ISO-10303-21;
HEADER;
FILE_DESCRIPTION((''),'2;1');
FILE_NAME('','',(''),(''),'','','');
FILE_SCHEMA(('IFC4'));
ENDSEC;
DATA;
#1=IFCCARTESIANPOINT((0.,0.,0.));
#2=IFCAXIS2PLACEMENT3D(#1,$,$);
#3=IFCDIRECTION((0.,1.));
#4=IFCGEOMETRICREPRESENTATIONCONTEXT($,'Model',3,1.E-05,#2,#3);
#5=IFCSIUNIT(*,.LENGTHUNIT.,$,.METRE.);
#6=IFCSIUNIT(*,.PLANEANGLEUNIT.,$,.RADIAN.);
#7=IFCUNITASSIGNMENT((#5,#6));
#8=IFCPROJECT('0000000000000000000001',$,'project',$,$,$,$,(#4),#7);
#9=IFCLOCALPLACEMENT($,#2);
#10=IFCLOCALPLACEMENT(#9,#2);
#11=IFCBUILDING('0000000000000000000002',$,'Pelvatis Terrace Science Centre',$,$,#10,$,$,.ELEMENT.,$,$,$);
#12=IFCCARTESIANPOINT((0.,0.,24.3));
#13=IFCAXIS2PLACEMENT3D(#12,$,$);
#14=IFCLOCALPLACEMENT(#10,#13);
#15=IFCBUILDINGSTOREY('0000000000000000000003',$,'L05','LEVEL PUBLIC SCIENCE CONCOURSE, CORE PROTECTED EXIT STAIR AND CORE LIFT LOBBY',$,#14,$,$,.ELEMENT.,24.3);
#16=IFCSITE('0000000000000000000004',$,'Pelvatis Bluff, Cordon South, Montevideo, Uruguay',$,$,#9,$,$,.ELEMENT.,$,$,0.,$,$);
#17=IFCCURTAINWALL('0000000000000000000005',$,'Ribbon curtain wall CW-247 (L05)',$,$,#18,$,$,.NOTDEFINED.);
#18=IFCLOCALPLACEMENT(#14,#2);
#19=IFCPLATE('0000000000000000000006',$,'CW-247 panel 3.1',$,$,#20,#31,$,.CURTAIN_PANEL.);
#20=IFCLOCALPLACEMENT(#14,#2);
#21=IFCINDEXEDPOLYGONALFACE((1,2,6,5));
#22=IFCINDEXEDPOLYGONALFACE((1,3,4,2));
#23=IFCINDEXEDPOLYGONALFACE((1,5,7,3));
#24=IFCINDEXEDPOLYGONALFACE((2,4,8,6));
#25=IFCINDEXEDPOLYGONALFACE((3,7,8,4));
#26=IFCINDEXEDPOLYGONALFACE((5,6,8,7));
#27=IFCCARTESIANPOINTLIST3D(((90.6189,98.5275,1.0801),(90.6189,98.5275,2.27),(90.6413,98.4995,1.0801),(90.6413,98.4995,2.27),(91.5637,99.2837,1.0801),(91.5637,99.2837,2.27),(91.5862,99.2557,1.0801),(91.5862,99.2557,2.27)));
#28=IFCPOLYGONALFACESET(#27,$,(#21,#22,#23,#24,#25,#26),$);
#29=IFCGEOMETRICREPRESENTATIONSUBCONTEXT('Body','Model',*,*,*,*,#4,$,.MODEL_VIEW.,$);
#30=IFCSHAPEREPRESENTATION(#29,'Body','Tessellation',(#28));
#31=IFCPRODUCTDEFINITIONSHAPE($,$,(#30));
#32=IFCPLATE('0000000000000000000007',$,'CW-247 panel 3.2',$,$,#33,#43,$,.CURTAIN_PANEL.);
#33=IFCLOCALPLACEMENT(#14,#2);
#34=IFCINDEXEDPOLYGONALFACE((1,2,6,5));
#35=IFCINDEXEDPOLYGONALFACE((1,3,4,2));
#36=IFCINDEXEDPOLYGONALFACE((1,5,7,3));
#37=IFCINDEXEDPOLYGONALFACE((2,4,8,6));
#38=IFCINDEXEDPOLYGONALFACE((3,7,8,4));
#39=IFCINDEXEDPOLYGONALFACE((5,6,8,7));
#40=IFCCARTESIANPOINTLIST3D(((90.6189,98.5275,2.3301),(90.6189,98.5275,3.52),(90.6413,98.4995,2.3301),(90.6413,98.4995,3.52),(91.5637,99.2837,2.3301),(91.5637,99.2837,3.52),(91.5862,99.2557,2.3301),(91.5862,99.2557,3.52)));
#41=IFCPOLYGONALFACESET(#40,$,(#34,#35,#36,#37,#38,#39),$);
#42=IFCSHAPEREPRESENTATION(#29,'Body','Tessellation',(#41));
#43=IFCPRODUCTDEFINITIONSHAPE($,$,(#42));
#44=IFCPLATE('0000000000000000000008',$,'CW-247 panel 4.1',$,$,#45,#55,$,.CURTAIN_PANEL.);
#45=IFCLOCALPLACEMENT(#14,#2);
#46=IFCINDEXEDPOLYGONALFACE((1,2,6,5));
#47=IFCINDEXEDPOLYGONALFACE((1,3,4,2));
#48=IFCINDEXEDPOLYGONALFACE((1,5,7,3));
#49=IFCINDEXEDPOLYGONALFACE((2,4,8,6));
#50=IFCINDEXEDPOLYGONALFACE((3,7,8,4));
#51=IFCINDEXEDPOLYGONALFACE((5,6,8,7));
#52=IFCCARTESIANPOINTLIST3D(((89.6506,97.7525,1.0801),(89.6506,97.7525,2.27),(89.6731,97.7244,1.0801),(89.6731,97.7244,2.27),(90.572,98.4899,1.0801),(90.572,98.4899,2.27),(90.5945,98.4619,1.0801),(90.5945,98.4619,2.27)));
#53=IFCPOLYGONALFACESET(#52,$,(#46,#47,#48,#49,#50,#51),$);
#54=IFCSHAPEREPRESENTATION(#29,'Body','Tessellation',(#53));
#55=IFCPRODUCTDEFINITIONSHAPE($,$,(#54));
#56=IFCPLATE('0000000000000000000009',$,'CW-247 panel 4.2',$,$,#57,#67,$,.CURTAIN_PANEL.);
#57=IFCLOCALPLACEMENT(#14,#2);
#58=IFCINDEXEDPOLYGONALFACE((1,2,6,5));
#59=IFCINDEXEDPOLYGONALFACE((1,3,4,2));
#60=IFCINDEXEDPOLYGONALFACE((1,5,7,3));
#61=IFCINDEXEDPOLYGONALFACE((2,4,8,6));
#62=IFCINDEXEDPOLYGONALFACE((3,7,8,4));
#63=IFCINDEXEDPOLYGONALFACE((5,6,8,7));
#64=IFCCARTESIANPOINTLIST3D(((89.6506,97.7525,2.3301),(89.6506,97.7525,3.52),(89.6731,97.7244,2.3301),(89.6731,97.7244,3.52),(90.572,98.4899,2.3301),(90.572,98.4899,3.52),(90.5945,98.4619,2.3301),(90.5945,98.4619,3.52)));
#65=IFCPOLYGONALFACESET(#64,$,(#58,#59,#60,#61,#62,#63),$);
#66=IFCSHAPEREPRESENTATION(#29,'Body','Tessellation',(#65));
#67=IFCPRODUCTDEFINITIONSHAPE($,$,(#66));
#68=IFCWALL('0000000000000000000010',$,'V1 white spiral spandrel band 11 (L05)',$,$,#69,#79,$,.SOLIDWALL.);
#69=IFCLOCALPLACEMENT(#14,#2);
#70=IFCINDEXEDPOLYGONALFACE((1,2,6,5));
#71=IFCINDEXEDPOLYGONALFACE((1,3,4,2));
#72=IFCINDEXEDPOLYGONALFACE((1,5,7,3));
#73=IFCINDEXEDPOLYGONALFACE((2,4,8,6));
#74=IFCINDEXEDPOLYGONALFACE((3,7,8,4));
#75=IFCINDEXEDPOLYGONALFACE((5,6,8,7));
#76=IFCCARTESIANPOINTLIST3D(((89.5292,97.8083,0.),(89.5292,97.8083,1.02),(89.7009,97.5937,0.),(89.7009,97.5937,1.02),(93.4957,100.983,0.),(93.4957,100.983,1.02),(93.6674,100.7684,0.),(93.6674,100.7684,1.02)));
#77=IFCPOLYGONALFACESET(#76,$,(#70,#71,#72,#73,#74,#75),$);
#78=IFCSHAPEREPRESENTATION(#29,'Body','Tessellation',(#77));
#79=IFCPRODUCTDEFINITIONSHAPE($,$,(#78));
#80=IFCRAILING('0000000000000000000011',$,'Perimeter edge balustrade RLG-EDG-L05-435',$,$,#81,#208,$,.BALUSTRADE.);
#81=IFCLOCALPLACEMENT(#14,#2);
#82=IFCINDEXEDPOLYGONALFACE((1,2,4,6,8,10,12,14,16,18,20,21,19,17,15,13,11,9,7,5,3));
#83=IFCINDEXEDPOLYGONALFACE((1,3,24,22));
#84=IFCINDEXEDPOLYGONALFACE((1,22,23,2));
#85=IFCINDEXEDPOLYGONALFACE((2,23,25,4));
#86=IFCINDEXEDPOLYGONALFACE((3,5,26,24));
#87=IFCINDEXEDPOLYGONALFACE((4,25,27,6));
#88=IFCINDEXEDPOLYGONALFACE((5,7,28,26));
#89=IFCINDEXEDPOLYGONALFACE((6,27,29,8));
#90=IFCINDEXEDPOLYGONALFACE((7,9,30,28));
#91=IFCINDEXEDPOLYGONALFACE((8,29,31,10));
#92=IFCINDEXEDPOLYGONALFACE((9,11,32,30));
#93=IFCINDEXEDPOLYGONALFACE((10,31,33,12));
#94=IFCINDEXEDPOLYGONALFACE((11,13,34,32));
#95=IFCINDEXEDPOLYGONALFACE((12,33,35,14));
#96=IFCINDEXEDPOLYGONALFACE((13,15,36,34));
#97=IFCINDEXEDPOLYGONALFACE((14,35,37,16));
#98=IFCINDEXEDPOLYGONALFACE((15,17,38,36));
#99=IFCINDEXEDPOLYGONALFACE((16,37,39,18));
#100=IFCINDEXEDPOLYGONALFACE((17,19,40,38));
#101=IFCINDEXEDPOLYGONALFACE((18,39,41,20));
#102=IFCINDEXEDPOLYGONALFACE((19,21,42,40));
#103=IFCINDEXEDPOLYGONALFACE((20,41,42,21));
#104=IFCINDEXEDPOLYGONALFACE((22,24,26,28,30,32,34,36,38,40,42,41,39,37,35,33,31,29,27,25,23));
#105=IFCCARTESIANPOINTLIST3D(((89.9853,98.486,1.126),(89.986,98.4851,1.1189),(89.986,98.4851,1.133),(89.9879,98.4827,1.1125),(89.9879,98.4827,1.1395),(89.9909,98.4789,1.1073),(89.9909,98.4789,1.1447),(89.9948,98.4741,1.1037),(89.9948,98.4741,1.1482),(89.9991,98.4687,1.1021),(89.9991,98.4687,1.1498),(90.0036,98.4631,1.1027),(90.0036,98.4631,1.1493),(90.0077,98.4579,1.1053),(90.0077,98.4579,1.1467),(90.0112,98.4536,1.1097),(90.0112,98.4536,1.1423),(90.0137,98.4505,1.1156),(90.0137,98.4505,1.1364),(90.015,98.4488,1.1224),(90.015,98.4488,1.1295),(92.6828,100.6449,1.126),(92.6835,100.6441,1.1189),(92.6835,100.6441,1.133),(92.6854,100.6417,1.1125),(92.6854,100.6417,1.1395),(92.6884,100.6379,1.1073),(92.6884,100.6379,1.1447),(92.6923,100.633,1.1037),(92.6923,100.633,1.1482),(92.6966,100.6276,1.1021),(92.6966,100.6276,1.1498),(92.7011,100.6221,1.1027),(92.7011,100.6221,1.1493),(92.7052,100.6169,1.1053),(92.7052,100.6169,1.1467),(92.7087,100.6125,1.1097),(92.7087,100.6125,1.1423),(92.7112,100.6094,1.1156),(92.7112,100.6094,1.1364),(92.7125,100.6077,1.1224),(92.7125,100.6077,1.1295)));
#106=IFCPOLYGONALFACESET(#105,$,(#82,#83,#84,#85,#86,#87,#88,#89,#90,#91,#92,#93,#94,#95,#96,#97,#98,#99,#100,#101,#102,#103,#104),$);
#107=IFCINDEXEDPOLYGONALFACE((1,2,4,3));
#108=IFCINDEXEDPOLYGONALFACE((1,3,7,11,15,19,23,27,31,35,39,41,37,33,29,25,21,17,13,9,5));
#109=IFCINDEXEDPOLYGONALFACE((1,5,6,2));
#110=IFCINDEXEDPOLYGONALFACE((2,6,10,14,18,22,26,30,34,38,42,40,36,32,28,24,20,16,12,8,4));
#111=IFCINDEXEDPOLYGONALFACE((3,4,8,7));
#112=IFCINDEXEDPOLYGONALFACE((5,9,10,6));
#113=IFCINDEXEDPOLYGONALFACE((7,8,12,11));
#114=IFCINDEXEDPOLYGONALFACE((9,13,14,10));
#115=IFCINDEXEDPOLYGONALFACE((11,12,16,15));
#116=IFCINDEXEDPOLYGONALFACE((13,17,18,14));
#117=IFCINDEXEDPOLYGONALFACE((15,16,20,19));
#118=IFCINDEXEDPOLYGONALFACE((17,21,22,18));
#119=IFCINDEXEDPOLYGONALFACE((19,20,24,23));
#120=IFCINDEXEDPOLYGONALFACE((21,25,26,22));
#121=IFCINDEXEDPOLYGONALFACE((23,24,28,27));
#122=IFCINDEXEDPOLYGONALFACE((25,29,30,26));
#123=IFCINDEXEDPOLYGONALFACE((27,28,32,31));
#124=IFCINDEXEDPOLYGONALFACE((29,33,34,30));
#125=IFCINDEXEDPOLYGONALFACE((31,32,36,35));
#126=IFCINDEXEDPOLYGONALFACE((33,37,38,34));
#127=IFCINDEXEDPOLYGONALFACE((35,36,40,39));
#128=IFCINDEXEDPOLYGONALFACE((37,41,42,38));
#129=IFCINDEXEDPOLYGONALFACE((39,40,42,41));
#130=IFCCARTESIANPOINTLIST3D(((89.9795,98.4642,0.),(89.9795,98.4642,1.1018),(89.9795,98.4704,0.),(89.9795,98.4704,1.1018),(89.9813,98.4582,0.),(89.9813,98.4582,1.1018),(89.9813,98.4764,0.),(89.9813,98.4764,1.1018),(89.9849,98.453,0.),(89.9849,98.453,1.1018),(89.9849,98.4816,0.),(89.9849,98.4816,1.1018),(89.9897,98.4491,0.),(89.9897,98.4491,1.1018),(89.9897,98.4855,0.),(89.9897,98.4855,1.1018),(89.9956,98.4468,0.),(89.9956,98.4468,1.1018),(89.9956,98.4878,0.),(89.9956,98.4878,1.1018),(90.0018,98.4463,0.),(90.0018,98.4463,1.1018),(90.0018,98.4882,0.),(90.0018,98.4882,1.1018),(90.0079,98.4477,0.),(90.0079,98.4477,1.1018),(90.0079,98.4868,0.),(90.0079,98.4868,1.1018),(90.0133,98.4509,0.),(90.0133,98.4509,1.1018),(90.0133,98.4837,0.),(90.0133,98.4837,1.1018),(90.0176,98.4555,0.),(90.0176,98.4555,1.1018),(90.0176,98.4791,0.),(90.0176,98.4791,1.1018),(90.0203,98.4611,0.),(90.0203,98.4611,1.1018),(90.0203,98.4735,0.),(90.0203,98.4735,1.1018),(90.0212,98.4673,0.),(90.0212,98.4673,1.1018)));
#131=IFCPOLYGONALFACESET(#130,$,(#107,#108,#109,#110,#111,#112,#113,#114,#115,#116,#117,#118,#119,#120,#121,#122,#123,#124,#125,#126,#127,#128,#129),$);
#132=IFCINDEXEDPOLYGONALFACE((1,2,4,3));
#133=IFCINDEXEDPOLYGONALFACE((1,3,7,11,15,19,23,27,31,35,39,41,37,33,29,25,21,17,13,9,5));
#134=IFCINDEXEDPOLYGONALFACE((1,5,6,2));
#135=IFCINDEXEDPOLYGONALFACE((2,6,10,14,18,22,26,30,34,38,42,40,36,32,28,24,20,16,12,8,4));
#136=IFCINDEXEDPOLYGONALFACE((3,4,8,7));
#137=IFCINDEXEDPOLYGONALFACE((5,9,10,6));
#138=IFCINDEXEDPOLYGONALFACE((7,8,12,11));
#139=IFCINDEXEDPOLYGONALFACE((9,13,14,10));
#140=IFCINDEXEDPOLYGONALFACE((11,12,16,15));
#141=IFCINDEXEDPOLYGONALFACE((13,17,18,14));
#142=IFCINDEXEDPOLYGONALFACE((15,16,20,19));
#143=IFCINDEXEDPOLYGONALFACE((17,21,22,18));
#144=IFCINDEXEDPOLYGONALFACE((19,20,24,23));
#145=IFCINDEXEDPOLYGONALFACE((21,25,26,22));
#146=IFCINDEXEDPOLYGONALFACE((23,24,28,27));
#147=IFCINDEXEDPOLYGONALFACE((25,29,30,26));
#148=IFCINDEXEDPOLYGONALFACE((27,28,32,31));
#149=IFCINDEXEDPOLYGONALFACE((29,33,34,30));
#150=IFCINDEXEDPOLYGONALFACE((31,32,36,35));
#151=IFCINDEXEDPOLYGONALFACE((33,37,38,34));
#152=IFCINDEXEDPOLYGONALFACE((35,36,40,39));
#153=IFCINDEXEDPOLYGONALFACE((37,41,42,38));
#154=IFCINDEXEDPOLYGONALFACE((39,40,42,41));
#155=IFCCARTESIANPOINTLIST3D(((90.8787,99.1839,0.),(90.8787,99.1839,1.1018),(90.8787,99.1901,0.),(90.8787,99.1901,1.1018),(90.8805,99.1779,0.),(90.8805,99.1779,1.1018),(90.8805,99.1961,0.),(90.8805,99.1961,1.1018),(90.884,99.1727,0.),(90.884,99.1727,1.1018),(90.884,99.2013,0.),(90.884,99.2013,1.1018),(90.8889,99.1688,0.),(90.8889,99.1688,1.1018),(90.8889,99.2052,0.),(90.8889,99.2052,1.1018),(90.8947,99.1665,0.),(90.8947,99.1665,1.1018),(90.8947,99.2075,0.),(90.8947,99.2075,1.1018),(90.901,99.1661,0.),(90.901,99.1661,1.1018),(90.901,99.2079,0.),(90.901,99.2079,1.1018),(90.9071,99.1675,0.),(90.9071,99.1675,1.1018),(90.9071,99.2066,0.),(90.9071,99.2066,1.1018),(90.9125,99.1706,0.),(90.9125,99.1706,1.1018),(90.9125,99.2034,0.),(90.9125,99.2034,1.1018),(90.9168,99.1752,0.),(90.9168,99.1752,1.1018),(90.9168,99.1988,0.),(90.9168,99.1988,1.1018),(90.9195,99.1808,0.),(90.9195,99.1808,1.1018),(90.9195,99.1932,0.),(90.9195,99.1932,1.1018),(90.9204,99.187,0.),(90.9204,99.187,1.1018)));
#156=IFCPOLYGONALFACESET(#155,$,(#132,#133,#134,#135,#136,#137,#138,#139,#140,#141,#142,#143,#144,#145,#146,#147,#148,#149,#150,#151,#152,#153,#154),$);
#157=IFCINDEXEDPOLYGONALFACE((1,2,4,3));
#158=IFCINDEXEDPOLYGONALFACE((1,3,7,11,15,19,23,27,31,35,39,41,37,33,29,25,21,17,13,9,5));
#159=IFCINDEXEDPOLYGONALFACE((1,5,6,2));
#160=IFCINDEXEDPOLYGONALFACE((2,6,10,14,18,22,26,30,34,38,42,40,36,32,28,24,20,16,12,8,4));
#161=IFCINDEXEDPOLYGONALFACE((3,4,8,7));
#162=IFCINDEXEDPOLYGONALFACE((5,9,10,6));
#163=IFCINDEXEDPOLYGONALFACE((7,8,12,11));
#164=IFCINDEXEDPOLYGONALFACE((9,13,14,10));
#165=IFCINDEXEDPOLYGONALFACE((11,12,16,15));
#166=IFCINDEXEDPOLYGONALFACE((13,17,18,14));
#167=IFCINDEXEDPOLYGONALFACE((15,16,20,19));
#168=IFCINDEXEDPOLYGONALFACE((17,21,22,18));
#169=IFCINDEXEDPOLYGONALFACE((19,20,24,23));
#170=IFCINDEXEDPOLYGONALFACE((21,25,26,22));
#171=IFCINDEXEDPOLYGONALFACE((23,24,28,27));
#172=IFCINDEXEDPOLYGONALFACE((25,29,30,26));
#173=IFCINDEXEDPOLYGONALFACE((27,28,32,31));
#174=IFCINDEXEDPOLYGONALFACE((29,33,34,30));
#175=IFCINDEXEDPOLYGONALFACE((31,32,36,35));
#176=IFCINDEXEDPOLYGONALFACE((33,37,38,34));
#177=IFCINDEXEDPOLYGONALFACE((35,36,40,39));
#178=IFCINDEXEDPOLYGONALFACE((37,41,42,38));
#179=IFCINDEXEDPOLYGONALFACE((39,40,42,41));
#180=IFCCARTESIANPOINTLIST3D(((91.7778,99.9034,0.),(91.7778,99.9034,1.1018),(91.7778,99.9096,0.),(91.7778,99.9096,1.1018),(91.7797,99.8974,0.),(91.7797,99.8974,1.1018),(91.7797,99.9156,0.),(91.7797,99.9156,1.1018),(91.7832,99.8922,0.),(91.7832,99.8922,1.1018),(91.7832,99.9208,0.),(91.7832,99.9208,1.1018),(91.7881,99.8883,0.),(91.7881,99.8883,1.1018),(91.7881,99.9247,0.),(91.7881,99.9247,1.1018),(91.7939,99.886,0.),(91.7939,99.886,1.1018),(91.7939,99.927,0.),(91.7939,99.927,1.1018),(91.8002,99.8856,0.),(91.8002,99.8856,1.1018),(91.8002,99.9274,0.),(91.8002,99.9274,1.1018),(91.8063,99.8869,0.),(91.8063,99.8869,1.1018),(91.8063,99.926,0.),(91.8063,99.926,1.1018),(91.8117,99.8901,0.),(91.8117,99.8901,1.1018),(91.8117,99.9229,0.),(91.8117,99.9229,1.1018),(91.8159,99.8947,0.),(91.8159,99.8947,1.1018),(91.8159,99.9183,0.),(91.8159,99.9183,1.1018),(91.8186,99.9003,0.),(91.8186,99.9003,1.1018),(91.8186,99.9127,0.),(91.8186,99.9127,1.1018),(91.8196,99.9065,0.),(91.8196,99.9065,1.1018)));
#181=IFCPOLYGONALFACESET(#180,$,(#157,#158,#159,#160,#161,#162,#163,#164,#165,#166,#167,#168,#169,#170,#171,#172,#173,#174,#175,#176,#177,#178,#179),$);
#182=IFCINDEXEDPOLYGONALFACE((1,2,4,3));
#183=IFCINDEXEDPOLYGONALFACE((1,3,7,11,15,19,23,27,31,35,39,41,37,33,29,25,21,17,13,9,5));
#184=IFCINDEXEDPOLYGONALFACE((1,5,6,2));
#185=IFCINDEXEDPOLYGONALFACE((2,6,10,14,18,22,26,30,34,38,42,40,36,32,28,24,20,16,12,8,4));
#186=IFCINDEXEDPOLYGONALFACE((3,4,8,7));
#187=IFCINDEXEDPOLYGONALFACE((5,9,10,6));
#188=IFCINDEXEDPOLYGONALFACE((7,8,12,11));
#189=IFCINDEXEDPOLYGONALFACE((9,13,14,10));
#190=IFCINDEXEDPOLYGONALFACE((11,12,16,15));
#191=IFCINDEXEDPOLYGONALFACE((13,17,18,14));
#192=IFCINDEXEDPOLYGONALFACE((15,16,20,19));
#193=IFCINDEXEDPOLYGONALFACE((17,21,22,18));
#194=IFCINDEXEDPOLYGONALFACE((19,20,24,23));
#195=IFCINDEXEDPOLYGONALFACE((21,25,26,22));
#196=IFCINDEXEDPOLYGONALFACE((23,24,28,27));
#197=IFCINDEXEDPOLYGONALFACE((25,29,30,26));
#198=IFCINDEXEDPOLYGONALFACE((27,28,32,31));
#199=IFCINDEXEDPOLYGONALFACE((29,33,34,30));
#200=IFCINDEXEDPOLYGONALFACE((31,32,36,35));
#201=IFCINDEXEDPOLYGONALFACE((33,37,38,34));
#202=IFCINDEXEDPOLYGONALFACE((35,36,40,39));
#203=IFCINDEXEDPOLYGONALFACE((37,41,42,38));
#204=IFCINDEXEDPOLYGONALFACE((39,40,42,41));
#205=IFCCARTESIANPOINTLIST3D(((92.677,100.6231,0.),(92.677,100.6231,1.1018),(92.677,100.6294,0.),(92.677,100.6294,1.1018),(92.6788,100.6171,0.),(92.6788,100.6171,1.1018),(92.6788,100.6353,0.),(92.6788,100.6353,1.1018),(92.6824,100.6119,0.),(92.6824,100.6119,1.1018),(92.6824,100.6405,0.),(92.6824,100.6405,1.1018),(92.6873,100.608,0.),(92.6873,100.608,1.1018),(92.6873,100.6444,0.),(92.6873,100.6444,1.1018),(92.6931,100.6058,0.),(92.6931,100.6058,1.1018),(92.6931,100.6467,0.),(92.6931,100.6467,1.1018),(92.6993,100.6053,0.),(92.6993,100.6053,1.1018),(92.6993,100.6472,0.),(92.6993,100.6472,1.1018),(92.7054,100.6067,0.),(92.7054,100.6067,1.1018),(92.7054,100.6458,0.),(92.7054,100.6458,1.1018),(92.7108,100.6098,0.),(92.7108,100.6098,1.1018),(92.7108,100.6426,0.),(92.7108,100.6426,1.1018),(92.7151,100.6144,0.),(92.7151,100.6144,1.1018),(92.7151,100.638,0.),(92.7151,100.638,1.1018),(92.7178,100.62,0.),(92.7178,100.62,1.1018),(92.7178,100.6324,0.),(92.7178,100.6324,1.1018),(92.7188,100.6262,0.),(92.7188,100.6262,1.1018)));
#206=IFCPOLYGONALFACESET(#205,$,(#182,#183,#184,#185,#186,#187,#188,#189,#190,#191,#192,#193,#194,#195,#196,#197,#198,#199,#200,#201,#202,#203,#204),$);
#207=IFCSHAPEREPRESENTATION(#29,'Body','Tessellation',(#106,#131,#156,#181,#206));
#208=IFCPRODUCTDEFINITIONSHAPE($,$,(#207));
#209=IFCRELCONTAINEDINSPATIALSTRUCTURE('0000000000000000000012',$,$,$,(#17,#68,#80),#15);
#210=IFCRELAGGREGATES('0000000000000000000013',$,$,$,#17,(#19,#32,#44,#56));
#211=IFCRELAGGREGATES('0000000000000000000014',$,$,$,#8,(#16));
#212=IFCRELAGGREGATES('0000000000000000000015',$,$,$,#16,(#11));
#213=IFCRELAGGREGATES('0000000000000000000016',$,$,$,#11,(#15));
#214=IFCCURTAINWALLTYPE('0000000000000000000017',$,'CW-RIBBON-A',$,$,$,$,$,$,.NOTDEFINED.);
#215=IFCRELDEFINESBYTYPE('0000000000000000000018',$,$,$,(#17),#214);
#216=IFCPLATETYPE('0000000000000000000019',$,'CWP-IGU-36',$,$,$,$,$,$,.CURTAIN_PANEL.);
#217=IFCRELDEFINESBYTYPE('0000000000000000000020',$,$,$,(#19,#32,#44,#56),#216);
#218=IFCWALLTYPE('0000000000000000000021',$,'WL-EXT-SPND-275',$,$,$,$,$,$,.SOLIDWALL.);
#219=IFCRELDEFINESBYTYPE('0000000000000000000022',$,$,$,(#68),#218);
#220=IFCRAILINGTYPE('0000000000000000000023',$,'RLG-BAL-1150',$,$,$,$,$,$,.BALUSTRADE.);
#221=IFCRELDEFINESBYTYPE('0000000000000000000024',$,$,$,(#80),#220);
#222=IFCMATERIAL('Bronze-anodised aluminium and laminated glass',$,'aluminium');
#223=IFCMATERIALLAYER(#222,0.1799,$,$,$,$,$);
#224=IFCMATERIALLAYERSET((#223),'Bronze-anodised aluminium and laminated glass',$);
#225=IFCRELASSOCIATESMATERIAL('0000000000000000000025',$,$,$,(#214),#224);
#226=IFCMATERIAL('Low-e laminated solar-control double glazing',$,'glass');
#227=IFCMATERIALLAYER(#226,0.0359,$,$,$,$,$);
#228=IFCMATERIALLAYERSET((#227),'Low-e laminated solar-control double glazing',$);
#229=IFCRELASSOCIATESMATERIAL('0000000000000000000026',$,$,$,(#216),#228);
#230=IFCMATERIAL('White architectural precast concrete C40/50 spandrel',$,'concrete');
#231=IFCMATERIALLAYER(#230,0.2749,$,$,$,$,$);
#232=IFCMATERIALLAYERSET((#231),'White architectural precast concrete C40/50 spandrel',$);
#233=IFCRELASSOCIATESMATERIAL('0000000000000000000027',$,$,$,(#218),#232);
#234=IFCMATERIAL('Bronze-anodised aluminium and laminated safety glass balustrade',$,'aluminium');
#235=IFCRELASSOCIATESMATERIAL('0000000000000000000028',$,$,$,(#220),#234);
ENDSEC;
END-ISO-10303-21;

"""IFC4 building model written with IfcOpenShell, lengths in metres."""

from ifc_helpers import new_model, si_unit, direction, frame, frame_2d, origin, origin_2d, place, context, subcontext, project, spatial, rectangle, circle, extrude, material, layer, layer_set, type_object, element, aggregate, save


model = new_model("IFC4")

# Units and contexts
model_context = context("Model", 3, precision=1e-05, world=origin(), true_north=direction((0.0, 1.0)))
body_context = subcontext(model_context, "Body", "Model", "MODEL_VIEW")
ifc_project = project(units=[si_unit("LENGTHUNIT", "METRE"), si_unit("PLANEANGLEUNIT", "RADIAN")], contexts=[model_context])

# Site, building, storey
site_placement = place(None, origin())
site = spatial("IfcSite", under=ifc_project, at=site_placement, Name="Pelvatis Bluff, Cordon South, Montevideo, Uruguay", CompositionType="ELEMENT", RefElevation=0.0)
building_placement = place(site_placement, origin())
building = spatial("IfcBuilding", under=site, at=building_placement, Name="Pelvatis Terrace Science Centre", CompositionType="ELEMENT")
storey_placement = place(building_placement, frame((0.0, 0.0, 24.3)))
storey = spatial("IfcBuildingStorey", under=building, at=storey_placement, Name="L05", Description="LEVEL PUBLIC SCIENCE CONCOURSE, CORE PROTECTED EXIT STAIR AND CORE LIFT LOBBY", CompositionType="ELEMENT", Elevation=24.3)

# Shared definitions
ifc_material_1 = material(Name="Bronze-anodised aluminium and laminated glass", Category="aluminium")
ifc_layer_1 = layer(ifc_material_1, 0.1799)
ifc_layer_set_1 = layer_set([ifc_layer_1], Name="Bronze-anodised aluminium and laminated glass")
curtain_wall_type = type_object("IfcCurtainWallType", Name="CW-RIBBON-A", PredefinedType="NOTDEFINED", material=ifc_layer_set_1)

# Curtain wall
curtain_wall_1_placement = place(storey_placement, origin())
curtain_wall_1 = element("IfcCurtainWall", 1, at=curtain_wall_1_placement, inside=storey, type_object=curtain_wall_type, Name="Ribbon curtain wall CW-247 (L05)", PredefinedType="NOTDEFINED")

# Plates
ifc_material_2 = material(Name="Low-e laminated solar-control double glazing", Category="glass")
ifc_layer_2 = layer(ifc_material_2, 0.0359)
ifc_layer_set_2 = layer_set([ifc_layer_2], Name="Low-e laminated solar-control double glazing")
plate_type = type_object("IfcPlateType", Name="CWP-IGU-36", PredefinedType="CURTAIN_PANEL", material=ifc_layer_set_2)
plate_1_placement = place(storey_placement, frame((91.1025, 98.8916, 1.0801), z_axis=(0.0, 0.0, 1.0), x_axis=(-0.780725, -0.624875, 0.0)))
plate_1 = element("IfcPlate", 2, at=plate_1_placement, type_object=plate_type, Name="CW-247 panel 3.1", PredefinedType="CURTAIN_PANEL", context=body_context, shape_type="SweptSolid", body=[
    extrude(rectangle(XDim=1.2102, YDim=0.0359, at=origin_2d()), origin(), (0.0, 0.0, 1.0), 1.1899),
])
plate_2_placement = place(storey_placement, frame((91.1025, 98.8916, 2.3301), z_axis=(0.0, 0.0, 1.0), x_axis=(-0.780725, -0.624875, 0.0)))
plate_2 = element("IfcPlate", 3, at=plate_2_placement, type_object=plate_type, Name="CW-247 panel 3.2", PredefinedType="CURTAIN_PANEL", context=body_context, shape_type="SweptSolid", body=[
    extrude(rectangle(XDim=1.2102, YDim=0.0359, at=origin_2d()), origin(), (0.0, 0.0, 1.0), 1.1899),
])
plate_3_placement = place(storey_placement, frame((90.1226, 98.1072, 1.0801), z_axis=(0.0, 0.0, 1.0), x_axis=(-0.780725, -0.624875, 0.0)))
plate_3 = element("IfcPlate", 4, at=plate_3_placement, type_object=plate_type, Name="CW-247 panel 4.1", PredefinedType="CURTAIN_PANEL", context=body_context, shape_type="SweptSolid", body=[
    extrude(rectangle(XDim=1.1802, YDim=0.0359, at=origin_2d()), origin(), (0.0, 0.0, 1.0), 1.1899),
])
plate_4_placement = place(storey_placement, frame((90.1226, 98.1072, 2.3301), z_axis=(0.0, 0.0, 1.0), x_axis=(-0.780725, -0.624875, 0.0)))
plate_4 = element("IfcPlate", 5, at=plate_4_placement, type_object=plate_type, Name="CW-247 panel 4.2", PredefinedType="CURTAIN_PANEL", context=body_context, shape_type="SweptSolid", body=[
    extrude(rectangle(XDim=1.1802, YDim=0.0359, at=origin_2d()), origin(), (0.0, 0.0, 1.0), 1.1899),
])
aggregate(curtain_wall_1, [plate_1, plate_2, plate_3, plate_4])

# Wall
ifc_material_3 = material(Name="White architectural precast concrete C40/50 spandrel", Category="concrete")
ifc_layer_3 = layer(ifc_material_3, 0.2749)
ifc_layer_set_3 = layer_set([ifc_layer_3], Name="White architectural precast concrete C40/50 spandrel")
wall_type = type_object("IfcWallType", Name="WL-EXT-SPND-275", PredefinedType="SOLIDWALL", material=ifc_layer_set_3)
wall_placement = place(storey_placement, frame((93.5815, 100.8757, 0.0), z_axis=(0.0, 0.0, 1.0), x_axis=(-0.780719, -0.624883, 0.0)))
element("IfcWall", 6, at=wall_placement, inside=storey, type_object=wall_type, Name="V1 white spiral spandrel band 11 (L05)", PredefinedType="SOLIDWALL", context=body_context, shape_type="SweptSolid", body=[
    extrude(rectangle(XDim=5.0806, YDim=0.2749, at=frame_2d((2.5403, 0.0))), origin(), (0.0, 0.0, 1.0), 1.02),
])

# Railing
ifc_material_4 = material(Name="Bronze-anodised aluminium and laminated safety glass balustrade", Category="aluminium")
railing_type = type_object("IfcRailingType", Name="RLG-BAL-1150", PredefinedType="BALUSTRADE", material=ifc_material_4)
railing_1_placement = place(storey_placement, frame((90.0002, 98.4673, 0.0)))
element("IfcRailing", 7, at=railing_1_placement, inside=storey, type_object=railing_type, Name="Perimeter edge balustrade RLG-EDG-L05-435", PredefinedType="BALUSTRADE", context=body_context, shape_type="SweptSolid", body=[
    extrude(circle(Radius=0.0239, at=origin_2d()), frame((0.0, 0.0, 1.126), z_axis=(0.780738, 0.624859, 0.0), x_axis=(-0.624859, 0.780738, 0.0)), (0.0, 0.0, 1.0), 3.4551),
    extrude(circle(Radius=0.021, at=origin_2d()), origin(), (0.0, 0.0, 1.0), 1.1018),
    extrude(circle(Radius=0.021, at=origin_2d()), frame((0.8992, 0.7197, 0.0)), (0.0, 0.0, 1.0), 1.1018),
    extrude(circle(Radius=0.021, at=origin_2d()), frame((1.7983, 1.4392, 0.0)), (0.0, 0.0, 1.0), 1.1018),
    extrude(circle(Radius=0.021, at=origin_2d()), frame((2.6975, 2.1589, 0.0)), (0.0, 0.0, 1.0), 1.1018),
])

save(model, "model.ifc")
